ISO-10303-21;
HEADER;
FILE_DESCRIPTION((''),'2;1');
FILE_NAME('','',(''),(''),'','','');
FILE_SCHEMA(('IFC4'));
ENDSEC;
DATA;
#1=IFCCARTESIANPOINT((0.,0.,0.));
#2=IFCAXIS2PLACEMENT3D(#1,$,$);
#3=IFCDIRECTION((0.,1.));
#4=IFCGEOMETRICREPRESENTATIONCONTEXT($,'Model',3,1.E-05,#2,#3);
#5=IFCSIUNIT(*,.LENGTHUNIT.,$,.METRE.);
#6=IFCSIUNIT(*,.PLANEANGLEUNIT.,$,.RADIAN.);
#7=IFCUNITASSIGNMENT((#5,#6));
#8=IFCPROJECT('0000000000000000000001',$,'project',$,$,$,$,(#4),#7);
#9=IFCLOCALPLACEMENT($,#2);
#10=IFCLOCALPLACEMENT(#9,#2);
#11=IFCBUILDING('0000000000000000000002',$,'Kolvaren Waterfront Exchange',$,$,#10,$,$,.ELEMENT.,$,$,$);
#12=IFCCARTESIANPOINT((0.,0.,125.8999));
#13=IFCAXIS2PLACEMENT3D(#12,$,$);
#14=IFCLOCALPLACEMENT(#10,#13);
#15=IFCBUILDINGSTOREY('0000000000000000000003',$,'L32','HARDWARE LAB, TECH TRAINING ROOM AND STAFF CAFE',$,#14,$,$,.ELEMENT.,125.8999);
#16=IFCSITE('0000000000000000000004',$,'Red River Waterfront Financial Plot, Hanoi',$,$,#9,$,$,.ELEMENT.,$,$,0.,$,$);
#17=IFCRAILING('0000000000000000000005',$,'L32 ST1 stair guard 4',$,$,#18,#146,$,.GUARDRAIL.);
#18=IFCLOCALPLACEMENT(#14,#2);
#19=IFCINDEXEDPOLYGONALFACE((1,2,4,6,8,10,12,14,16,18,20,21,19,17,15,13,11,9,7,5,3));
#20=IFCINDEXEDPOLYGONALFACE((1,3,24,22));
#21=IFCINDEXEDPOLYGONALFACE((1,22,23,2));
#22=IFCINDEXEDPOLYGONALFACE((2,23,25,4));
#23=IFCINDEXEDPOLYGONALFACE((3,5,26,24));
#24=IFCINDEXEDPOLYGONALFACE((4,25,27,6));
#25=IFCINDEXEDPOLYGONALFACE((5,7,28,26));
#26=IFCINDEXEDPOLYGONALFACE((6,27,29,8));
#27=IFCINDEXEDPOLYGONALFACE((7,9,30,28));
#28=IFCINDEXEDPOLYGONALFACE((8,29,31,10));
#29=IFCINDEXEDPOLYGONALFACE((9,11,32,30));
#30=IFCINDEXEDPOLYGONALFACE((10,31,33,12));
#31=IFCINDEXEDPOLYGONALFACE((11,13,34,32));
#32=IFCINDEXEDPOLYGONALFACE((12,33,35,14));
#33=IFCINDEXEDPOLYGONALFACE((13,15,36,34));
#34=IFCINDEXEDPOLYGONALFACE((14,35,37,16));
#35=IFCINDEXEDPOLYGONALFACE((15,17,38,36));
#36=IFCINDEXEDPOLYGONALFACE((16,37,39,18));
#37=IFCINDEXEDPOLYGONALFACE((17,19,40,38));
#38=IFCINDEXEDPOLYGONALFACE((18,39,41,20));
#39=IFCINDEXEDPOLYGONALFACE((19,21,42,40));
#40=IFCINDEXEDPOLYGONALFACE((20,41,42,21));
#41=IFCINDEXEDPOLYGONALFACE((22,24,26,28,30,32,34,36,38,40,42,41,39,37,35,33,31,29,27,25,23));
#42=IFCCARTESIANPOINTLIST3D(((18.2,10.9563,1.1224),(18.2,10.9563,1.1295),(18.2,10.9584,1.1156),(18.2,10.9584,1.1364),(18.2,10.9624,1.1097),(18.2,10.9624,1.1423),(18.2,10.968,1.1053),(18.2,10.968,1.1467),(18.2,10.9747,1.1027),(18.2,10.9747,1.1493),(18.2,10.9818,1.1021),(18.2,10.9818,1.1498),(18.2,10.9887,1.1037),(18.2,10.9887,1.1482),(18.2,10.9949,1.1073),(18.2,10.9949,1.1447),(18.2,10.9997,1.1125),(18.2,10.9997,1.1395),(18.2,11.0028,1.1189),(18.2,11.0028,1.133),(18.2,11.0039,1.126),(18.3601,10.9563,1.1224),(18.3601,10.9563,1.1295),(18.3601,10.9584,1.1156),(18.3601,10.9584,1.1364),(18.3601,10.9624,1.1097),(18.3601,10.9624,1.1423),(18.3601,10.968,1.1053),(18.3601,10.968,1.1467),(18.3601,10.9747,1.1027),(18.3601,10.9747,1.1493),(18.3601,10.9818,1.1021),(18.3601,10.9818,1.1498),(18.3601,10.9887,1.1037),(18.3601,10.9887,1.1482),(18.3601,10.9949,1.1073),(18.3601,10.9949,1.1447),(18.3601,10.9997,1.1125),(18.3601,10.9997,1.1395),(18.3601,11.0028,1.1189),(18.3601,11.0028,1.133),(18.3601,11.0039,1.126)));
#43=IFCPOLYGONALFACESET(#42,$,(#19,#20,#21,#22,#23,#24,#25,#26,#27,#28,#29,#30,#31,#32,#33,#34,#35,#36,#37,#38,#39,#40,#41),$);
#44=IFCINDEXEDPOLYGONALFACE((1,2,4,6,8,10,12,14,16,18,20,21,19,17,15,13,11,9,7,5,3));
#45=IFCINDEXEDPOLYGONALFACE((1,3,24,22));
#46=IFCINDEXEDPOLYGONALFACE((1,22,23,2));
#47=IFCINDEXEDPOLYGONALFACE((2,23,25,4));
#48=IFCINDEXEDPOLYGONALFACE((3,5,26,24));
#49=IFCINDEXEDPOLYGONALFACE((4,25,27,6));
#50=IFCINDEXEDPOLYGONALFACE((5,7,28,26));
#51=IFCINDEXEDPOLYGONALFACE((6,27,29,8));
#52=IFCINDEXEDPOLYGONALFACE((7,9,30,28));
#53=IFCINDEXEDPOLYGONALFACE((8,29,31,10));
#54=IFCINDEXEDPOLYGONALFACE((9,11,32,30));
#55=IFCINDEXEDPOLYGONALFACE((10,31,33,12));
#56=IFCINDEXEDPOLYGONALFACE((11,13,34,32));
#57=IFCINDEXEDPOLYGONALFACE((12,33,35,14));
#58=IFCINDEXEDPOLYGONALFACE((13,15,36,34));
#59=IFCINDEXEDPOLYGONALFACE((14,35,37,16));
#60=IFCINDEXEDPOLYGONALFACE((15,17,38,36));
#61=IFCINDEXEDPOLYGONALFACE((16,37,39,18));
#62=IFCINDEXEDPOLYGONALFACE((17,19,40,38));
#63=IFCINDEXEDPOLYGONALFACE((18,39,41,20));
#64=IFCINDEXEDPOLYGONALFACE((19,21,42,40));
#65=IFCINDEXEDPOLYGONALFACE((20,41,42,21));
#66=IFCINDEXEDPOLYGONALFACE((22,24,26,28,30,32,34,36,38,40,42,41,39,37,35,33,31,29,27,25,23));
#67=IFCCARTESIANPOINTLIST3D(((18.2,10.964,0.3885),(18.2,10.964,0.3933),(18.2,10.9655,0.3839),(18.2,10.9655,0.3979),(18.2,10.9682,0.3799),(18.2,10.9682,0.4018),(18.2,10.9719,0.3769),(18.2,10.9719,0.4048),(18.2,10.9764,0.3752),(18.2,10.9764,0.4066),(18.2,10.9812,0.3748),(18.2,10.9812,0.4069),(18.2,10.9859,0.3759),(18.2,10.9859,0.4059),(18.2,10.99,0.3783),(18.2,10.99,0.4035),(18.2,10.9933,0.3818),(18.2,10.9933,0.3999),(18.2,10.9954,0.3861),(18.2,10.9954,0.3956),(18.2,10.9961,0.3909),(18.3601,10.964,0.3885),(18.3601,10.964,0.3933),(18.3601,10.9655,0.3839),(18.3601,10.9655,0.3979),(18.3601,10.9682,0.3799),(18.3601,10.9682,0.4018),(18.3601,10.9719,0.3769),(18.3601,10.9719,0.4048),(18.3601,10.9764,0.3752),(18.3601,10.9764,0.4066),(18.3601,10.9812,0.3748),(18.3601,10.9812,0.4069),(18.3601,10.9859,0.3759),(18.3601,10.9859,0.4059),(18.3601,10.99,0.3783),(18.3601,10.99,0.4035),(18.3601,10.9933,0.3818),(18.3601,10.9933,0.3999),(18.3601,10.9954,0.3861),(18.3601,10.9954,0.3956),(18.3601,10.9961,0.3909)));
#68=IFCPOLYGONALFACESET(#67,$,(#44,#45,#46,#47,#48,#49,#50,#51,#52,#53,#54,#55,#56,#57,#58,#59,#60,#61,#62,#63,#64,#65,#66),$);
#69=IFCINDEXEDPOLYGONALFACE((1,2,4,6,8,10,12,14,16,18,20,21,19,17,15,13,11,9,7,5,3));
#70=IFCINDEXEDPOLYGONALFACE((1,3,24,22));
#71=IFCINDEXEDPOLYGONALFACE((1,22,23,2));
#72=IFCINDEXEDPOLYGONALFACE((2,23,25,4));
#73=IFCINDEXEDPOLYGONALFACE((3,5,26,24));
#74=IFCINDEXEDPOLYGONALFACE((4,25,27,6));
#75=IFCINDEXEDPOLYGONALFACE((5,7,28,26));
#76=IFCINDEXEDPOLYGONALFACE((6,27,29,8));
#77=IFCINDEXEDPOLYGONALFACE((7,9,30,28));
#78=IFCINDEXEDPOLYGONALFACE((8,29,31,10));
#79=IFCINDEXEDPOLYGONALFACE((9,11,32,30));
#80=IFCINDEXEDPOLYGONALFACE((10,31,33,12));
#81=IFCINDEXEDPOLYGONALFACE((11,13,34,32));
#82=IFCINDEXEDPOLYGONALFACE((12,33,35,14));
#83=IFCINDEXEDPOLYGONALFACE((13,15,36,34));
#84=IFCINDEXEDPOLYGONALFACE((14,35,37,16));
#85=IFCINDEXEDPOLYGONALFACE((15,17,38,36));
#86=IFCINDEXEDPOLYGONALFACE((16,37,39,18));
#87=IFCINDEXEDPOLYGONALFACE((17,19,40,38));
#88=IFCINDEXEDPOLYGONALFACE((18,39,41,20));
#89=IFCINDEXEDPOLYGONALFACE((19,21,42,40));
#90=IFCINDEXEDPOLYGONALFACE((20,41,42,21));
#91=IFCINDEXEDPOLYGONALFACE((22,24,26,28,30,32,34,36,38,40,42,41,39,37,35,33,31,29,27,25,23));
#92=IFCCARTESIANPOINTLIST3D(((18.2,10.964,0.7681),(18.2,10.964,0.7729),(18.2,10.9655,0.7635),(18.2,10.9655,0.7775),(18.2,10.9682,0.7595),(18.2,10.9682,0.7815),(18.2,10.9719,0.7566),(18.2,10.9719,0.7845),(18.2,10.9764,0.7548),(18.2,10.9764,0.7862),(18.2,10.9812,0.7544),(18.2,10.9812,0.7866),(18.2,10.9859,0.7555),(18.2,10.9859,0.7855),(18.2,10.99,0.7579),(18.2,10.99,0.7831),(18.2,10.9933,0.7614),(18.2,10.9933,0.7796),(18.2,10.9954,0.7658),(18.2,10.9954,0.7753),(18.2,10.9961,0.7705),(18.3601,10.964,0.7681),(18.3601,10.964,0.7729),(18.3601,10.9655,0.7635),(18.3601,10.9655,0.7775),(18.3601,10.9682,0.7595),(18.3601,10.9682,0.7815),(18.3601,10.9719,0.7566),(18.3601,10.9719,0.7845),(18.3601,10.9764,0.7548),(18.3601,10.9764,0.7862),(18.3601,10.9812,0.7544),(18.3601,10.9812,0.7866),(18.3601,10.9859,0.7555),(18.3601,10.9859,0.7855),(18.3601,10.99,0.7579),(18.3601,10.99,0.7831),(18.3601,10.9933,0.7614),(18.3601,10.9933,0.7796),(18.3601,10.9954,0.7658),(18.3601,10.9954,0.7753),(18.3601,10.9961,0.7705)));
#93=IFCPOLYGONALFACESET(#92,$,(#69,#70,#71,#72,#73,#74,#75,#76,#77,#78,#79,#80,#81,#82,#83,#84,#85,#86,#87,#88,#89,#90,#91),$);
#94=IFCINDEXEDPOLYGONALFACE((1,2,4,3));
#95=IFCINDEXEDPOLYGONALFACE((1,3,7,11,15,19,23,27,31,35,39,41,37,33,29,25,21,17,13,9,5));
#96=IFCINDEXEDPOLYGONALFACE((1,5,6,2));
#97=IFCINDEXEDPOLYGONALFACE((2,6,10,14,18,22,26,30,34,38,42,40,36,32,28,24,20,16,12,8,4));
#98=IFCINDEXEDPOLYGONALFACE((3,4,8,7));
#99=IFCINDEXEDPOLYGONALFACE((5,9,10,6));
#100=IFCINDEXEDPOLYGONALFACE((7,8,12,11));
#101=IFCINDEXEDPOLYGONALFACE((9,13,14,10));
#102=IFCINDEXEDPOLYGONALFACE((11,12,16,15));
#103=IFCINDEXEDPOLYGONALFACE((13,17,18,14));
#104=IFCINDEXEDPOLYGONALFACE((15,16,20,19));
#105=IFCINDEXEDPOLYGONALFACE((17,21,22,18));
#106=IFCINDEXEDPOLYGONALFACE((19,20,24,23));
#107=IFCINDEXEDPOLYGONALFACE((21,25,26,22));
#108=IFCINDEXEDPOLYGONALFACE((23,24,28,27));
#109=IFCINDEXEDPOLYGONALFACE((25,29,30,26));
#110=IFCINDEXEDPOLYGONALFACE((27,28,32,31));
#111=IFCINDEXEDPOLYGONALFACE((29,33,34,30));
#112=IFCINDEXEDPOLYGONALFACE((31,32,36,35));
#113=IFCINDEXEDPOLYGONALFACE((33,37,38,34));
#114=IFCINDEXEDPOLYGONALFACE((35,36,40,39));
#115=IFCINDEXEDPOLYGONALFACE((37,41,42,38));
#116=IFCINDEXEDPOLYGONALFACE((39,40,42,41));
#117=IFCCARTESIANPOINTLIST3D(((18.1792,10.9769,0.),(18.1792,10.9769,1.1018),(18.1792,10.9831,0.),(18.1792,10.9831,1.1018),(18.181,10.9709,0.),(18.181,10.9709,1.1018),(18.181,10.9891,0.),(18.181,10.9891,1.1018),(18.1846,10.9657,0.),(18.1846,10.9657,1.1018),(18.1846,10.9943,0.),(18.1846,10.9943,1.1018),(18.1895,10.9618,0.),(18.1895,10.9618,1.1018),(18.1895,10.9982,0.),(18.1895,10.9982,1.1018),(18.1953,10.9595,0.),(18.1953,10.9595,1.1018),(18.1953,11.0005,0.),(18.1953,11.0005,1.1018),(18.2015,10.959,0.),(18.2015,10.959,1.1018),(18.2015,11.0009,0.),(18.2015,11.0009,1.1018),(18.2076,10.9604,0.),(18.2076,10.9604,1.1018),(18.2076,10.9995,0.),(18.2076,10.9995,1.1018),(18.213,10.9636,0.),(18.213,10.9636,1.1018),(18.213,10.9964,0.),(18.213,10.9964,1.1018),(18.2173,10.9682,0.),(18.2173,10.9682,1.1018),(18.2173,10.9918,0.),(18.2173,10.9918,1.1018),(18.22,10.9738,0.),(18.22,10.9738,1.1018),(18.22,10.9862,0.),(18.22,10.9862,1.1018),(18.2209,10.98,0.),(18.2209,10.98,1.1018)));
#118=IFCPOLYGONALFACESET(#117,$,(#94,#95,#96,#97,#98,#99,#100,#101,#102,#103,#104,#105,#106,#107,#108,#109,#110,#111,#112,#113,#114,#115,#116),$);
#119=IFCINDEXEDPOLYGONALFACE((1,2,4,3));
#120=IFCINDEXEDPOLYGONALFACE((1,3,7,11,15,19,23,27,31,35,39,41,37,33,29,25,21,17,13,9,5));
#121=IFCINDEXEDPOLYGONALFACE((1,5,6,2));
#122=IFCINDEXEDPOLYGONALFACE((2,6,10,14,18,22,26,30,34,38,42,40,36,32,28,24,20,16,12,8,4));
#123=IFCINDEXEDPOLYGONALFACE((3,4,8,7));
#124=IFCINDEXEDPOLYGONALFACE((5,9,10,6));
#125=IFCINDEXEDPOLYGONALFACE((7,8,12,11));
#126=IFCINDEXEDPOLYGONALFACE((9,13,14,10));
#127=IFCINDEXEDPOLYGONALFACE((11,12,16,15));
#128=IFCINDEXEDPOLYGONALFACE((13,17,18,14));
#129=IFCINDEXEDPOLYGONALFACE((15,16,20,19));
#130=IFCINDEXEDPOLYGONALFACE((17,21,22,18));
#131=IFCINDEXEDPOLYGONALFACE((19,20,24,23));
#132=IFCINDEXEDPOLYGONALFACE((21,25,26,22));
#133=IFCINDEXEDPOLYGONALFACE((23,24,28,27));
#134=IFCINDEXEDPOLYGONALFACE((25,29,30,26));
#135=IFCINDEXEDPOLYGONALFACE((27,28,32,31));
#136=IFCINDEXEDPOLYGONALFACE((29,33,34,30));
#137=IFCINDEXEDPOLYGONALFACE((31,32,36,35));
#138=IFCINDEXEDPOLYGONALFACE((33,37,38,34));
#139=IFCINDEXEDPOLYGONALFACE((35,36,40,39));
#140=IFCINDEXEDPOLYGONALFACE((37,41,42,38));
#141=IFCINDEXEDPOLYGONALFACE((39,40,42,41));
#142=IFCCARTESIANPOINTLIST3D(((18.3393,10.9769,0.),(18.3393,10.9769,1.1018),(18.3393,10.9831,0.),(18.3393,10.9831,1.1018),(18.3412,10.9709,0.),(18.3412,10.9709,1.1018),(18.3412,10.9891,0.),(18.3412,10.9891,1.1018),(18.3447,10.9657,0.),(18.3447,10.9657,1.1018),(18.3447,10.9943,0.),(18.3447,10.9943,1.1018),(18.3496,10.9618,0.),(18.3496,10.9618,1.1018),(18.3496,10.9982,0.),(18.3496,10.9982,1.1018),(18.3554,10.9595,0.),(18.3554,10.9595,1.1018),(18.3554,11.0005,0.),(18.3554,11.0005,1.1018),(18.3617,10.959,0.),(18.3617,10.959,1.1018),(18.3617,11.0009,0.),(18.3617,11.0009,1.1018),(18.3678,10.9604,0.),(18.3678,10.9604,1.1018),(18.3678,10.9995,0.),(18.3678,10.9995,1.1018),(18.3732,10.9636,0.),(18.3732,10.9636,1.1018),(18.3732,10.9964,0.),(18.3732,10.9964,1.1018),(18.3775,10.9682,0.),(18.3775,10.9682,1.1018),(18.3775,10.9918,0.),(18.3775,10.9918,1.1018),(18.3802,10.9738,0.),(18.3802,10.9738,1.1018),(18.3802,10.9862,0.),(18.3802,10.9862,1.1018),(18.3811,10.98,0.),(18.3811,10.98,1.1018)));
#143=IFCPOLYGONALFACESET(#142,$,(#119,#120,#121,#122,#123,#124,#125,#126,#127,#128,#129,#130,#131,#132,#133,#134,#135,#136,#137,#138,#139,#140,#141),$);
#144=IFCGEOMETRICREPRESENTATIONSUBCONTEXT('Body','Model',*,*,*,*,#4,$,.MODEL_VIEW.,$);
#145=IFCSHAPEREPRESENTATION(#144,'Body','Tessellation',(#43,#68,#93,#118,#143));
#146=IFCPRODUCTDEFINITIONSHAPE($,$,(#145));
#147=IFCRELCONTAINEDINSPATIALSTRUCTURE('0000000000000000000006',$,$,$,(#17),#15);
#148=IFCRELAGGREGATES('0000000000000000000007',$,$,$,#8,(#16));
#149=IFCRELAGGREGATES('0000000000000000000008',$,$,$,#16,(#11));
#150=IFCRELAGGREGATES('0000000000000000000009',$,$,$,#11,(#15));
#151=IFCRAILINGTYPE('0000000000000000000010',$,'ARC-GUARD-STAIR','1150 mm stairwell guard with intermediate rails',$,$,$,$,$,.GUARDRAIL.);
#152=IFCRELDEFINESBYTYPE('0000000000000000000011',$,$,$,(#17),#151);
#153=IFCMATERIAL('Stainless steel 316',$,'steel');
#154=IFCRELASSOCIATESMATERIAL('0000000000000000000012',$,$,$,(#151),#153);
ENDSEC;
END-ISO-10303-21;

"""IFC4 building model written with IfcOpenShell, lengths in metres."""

from ifc_helpers import new_model, si_unit, direction, frame, origin, origin_2d, place, context, subcontext, project, spatial, circle, extrude, material, type_object, element, save


model = new_model("IFC4")

# Units and contexts
model_context = context("Model", 3, precision=1e-05, world=origin(), true_north=direction((0.0, 1.0)))
body_context = subcontext(model_context, "Body", "Model", "MODEL_VIEW")
ifc_project = project(units=[si_unit("LENGTHUNIT", "METRE"), si_unit("PLANEANGLEUNIT", "RADIAN")], contexts=[model_context])

# Site, building, storey
site_placement = place(None, origin())
site = spatial("IfcSite", under=ifc_project, at=site_placement, Name="Red River Waterfront Financial Plot, Hanoi", CompositionType="ELEMENT", RefElevation=0.0)
building_placement = place(site_placement, origin())
building = spatial("IfcBuilding", under=site, at=building_placement, Name="Kolvaren Waterfront Exchange", CompositionType="ELEMENT")
storey_placement = place(building_placement, frame((0.0, 0.0, 125.8999)))
storey = spatial("IfcBuildingStorey", under=building, at=storey_placement, Name="L32", Description="HARDWARE LAB, TECH TRAINING ROOM AND STAFF CAFE", CompositionType="ELEMENT", Elevation=125.8999)

# Railing
ifc_material_1 = material(Name="Stainless steel 316", Category="steel")
railing_type_1 = type_object("IfcRailingType", Name="ARC-GUARD-STAIR", Description="1150 mm stairwell guard with intermediate rails", PredefinedType="GUARDRAIL", material=ifc_material_1)
railing_1_placement = place(storey_placement, frame((18.2, 10.98, 0.0)))
element("IfcRailing", 1, at=railing_1_placement, inside=storey, type_object=railing_type_1, Name="L32 ST1 stair guard 4", PredefinedType="GUARDRAIL", context=body_context, shape_type="SweptSolid", body=[
    extrude(circle(Radius=0.0239, at=origin_2d()), frame((0.0, 0.0, 1.126), z_axis=(1.0, 0.0, 0.0), x_axis=(0.0, 1.0, 0.0)), (0.0, 0.0, 1.0), 0.1602),
    extrude(circle(Radius=0.0161, at=origin_2d()), frame((0.0, 0.0, 0.3909), z_axis=(1.0, 0.0, 0.0), x_axis=(0.0, 1.0, 0.0)), (0.0, 0.0, 1.0), 0.1602),
    extrude(circle(Radius=0.0161, at=origin_2d()), frame((0.0, 0.0, 0.7705), z_axis=(1.0, 0.0, 0.0), x_axis=(0.0, 1.0, 0.0)), (0.0, 0.0, 1.0), 0.1602),
    extrude(circle(Radius=0.021, at=origin_2d()), origin(), (0.0, 0.0, 1.0), 1.1018),
    extrude(circle(Radius=0.021, at=origin_2d()), frame((0.1602, 0.0, 0.0)), (0.0, 0.0, 1.0), 1.1018),
])

save(model, "model.ifc")
